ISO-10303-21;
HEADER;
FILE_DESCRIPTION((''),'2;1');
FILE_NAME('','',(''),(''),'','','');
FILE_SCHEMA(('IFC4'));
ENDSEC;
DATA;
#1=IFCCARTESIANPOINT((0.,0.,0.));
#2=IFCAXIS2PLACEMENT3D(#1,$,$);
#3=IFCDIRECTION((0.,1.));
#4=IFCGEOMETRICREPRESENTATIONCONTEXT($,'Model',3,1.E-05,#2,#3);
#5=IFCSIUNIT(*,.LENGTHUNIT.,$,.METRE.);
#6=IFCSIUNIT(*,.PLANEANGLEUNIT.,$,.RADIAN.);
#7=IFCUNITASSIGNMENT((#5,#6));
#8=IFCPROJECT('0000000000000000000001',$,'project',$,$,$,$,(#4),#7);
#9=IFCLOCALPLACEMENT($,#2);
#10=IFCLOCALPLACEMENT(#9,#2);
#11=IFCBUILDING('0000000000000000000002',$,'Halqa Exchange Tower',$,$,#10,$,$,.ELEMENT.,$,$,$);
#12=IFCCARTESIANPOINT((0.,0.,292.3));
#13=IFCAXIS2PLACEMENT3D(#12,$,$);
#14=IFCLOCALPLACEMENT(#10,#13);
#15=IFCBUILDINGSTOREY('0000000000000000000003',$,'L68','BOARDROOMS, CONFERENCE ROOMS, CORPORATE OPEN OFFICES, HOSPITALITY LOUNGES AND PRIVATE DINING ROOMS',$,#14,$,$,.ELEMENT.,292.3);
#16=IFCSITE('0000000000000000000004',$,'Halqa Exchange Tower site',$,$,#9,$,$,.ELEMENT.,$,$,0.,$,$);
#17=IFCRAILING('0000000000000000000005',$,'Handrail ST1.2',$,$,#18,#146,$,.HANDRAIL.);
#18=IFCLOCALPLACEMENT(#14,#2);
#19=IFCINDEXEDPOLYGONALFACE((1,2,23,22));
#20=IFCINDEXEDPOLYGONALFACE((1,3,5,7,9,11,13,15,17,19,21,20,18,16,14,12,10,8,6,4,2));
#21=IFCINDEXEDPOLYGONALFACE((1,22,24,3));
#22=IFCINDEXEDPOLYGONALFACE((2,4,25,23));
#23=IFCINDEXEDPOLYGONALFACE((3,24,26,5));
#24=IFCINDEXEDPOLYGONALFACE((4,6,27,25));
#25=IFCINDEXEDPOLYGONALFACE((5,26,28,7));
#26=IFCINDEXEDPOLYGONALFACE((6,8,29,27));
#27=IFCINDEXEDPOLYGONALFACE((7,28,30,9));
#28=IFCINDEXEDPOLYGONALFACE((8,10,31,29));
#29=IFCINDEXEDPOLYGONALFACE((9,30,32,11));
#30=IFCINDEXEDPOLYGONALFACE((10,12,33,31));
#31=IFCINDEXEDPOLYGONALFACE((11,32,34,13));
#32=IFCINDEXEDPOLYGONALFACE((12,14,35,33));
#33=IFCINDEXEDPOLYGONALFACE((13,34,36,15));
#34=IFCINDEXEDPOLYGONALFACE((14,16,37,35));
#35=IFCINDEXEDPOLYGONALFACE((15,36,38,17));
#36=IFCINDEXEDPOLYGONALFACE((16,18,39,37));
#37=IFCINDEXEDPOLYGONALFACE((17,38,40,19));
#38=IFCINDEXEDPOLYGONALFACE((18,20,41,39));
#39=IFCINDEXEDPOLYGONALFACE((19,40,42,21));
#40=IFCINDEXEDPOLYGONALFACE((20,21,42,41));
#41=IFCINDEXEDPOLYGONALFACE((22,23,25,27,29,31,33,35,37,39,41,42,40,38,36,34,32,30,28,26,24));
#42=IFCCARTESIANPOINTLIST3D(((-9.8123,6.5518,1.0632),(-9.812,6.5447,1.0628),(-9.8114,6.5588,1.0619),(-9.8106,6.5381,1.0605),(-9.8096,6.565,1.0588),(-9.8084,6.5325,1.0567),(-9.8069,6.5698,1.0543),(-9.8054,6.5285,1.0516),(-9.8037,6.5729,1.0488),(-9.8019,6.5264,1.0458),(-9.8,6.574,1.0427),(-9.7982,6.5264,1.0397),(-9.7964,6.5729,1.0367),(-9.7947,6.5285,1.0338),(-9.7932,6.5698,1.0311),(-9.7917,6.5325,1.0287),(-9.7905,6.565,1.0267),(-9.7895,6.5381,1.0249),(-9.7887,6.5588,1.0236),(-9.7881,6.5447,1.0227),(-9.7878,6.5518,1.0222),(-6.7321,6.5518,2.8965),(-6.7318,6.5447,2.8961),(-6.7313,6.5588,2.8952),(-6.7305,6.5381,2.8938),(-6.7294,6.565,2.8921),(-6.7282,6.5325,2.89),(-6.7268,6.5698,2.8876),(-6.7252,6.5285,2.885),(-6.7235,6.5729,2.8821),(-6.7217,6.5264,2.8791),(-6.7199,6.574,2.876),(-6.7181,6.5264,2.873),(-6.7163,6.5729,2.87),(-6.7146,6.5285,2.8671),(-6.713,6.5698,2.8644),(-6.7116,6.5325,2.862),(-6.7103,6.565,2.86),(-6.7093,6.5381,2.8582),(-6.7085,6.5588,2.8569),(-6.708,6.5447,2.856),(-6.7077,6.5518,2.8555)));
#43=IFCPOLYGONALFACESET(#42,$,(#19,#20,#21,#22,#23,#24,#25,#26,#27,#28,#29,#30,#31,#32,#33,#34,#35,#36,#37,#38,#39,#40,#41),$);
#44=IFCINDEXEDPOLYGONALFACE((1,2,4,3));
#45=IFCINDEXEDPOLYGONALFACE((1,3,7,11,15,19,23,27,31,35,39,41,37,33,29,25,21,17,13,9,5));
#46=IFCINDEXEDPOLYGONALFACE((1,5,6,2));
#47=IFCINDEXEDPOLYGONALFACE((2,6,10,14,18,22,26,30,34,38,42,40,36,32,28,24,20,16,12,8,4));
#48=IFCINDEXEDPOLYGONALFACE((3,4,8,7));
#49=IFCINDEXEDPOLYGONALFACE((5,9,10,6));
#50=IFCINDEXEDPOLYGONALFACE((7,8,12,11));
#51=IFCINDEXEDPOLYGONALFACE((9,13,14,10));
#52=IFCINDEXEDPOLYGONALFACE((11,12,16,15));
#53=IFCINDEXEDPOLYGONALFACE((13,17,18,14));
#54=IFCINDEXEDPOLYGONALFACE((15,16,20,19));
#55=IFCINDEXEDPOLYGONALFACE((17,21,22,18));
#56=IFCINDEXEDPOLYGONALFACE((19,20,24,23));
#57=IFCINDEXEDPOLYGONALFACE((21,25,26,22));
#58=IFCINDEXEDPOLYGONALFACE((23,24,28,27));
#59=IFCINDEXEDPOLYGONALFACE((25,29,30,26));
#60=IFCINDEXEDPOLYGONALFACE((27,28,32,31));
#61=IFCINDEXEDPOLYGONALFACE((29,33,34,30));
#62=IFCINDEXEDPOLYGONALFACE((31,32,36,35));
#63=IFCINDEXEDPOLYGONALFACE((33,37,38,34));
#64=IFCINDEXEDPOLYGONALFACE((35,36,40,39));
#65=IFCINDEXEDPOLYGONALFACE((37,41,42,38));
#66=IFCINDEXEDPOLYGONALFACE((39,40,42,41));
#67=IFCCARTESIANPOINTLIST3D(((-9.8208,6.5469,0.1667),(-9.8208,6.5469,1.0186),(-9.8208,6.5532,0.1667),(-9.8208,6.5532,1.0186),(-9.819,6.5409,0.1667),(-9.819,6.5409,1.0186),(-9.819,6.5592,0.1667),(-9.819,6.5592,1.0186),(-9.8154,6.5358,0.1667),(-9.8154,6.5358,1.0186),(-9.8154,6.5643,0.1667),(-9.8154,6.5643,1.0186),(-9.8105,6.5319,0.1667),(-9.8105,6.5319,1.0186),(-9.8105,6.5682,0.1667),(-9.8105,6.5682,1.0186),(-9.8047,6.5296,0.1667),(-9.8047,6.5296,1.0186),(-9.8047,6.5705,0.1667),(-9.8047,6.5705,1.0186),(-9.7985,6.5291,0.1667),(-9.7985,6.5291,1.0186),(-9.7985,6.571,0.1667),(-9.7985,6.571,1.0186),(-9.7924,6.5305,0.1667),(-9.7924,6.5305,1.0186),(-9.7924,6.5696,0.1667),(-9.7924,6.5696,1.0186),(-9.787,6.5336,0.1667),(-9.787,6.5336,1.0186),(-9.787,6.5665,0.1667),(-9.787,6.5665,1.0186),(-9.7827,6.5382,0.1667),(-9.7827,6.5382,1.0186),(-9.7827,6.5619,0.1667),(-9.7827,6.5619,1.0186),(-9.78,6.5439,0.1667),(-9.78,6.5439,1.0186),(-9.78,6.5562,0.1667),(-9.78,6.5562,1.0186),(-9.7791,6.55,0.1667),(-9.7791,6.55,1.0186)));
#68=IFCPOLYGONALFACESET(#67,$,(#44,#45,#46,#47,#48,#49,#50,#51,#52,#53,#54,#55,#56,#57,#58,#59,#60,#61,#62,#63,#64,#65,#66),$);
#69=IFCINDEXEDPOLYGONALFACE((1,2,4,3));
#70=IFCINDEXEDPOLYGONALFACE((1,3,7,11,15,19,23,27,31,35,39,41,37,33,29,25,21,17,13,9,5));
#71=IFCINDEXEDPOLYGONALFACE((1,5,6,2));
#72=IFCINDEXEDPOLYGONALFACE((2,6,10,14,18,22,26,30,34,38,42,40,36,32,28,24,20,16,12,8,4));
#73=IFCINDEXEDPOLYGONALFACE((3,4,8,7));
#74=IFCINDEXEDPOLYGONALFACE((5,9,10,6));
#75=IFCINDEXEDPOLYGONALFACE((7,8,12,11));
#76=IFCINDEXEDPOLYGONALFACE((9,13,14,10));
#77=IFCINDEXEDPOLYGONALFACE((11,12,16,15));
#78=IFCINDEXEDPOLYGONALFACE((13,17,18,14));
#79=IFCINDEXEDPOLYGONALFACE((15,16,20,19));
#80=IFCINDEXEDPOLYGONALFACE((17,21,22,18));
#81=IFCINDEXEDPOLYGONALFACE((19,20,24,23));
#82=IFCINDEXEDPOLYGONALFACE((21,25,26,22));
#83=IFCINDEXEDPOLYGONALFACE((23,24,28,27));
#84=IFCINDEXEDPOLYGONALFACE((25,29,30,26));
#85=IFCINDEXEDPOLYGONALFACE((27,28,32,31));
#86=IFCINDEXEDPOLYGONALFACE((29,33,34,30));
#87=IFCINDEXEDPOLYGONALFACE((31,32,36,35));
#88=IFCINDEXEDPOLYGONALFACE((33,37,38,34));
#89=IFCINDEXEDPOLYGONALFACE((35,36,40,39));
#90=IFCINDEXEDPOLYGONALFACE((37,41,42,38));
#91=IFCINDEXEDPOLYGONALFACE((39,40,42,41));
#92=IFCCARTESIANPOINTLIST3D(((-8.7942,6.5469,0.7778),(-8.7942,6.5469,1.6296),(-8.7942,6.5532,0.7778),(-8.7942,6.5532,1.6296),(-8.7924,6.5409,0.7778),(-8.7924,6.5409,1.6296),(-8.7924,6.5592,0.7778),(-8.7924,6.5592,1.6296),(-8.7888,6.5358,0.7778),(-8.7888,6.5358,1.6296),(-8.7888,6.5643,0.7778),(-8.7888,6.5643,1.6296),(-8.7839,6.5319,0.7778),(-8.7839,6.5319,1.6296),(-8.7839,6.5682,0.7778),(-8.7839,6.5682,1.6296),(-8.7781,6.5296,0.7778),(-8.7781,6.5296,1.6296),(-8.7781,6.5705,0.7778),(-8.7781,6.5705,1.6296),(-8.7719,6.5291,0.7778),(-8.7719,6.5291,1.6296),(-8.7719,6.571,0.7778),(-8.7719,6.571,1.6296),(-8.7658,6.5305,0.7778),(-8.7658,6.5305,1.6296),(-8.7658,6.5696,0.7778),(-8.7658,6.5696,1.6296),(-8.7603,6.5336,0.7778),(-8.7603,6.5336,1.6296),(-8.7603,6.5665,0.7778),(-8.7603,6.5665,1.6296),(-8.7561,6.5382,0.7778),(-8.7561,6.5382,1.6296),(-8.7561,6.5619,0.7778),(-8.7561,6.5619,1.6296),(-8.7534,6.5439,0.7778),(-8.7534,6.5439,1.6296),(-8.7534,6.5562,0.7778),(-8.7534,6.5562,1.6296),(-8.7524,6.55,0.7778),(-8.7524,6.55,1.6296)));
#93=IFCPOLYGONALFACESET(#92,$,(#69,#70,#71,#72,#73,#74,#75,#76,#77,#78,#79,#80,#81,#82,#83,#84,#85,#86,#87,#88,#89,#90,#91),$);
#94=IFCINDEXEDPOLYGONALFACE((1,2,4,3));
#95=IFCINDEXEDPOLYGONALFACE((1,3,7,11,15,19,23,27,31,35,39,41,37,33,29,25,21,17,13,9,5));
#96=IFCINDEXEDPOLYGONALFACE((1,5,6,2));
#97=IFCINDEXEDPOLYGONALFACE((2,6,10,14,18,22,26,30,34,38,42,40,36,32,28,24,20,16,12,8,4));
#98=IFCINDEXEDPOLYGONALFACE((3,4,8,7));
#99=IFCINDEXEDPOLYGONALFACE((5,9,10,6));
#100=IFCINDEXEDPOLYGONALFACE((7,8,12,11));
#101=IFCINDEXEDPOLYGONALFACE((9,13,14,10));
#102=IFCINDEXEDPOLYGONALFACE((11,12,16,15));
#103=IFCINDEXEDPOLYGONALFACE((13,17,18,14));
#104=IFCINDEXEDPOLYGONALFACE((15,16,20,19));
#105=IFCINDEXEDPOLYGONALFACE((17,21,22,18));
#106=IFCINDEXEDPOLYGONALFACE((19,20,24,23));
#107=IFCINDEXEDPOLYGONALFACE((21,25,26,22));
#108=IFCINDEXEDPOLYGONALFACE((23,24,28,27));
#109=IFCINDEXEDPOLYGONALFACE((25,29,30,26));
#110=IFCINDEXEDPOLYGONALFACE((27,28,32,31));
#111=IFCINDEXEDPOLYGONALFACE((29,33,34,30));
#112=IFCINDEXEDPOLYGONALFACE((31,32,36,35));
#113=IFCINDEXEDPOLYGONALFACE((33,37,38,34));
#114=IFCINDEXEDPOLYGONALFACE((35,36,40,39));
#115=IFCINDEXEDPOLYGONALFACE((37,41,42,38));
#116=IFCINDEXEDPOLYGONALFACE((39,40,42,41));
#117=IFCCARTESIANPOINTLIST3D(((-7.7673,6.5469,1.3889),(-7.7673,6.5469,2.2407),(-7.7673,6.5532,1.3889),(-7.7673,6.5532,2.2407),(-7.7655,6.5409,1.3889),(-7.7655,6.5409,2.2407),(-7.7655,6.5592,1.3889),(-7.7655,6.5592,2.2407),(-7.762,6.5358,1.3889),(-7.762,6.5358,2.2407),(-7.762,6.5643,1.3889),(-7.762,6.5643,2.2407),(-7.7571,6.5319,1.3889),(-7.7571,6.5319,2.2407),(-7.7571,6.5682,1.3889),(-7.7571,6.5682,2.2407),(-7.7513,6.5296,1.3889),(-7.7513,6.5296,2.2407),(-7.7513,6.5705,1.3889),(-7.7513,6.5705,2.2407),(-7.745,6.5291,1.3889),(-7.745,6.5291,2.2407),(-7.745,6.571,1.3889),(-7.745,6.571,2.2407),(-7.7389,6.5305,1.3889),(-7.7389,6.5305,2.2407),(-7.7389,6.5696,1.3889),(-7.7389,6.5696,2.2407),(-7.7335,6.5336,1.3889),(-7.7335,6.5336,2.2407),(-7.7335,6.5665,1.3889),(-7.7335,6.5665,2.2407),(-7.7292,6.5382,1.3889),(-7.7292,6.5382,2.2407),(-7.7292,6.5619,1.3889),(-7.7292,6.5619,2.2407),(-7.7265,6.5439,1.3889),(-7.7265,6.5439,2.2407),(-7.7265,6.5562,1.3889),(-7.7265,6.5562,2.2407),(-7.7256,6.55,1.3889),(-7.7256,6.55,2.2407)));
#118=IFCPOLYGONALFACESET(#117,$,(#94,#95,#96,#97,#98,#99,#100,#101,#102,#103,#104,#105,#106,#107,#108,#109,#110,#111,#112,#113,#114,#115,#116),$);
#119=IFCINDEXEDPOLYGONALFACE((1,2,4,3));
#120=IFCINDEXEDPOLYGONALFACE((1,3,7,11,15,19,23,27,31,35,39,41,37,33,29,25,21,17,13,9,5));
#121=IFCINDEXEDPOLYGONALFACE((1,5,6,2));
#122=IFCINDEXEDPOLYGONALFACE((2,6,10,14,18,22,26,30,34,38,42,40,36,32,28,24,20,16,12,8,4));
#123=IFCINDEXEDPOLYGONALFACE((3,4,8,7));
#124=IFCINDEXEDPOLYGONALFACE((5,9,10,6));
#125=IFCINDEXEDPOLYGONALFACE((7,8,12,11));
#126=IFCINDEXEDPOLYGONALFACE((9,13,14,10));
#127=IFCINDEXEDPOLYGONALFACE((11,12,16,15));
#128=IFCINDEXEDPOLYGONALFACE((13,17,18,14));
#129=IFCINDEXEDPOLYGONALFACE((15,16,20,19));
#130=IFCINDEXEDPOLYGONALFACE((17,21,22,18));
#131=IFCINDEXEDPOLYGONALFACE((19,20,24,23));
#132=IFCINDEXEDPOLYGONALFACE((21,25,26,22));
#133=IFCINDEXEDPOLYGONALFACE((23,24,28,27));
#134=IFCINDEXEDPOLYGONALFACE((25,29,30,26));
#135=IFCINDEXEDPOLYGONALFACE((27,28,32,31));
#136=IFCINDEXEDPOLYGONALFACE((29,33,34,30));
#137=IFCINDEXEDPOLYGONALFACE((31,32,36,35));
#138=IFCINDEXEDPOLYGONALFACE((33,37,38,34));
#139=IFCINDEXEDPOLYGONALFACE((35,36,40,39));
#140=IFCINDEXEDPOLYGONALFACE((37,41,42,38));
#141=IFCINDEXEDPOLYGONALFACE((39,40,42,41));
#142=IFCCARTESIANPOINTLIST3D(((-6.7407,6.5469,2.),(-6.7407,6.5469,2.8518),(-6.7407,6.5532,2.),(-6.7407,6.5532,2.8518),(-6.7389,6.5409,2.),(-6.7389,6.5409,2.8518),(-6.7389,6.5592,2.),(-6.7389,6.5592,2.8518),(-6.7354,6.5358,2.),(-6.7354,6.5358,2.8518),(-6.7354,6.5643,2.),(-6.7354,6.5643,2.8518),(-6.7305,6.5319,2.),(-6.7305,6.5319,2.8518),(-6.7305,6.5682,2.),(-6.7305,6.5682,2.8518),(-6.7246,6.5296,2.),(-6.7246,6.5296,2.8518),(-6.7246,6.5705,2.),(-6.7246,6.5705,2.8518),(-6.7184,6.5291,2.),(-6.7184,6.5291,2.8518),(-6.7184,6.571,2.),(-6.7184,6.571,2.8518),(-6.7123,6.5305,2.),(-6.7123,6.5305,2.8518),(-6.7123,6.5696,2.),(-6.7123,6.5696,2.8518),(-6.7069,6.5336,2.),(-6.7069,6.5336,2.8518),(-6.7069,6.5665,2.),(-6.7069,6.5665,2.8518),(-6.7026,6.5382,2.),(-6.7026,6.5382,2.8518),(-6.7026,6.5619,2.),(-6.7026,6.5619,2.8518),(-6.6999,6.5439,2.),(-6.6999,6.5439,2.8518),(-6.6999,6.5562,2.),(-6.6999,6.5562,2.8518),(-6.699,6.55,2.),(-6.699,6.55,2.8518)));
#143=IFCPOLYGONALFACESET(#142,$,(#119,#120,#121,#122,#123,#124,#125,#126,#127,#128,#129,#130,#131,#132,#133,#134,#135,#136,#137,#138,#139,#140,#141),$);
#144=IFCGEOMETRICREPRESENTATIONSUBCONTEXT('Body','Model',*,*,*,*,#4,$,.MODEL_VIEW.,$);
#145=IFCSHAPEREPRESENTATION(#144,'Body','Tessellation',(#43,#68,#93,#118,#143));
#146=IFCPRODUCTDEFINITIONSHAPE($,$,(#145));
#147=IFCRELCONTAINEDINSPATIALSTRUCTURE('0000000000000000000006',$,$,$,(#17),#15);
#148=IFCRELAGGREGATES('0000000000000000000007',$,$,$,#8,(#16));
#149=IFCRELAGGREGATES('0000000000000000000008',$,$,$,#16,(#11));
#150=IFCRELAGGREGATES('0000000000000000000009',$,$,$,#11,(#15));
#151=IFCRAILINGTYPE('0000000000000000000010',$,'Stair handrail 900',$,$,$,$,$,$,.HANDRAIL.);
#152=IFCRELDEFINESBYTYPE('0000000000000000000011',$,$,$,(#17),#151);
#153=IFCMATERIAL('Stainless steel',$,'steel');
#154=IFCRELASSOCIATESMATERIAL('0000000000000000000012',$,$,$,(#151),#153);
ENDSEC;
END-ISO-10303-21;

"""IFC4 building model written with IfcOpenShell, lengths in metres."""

from ifc_helpers import new_model, si_unit, direction, frame, origin, origin_2d, place, context, subcontext, project, spatial, circle, extrude, material, type_object, element, save


model = new_model("IFC4")

# Units and contexts
model_context = context("Model", 3, precision=1e-05, world=origin(), true_north=direction((0.0, 1.0)))
body_context = subcontext(model_context, "Body", "Model", "MODEL_VIEW")
ifc_project = project(units=[si_unit("LENGTHUNIT", "METRE"), si_unit("PLANEANGLEUNIT", "RADIAN")], contexts=[model_context])

# Site, building, storey
site_placement = place(None, origin())
site = spatial("IfcSite", under=ifc_project, at=site_placement, Name="Halqa Exchange Tower site", CompositionType="ELEMENT", RefElevation=0.0)
building_placement = place(site_placement, origin())
building = spatial("IfcBuilding", under=site, at=building_placement, Name="Halqa Exchange Tower", CompositionType="ELEMENT")
storey_placement = place(building_placement, frame((0.0, 0.0, 292.3)))
storey = spatial("IfcBuildingStorey", under=building, at=storey_placement, Name="L68", Description="BOARDROOMS, CONFERENCE ROOMS, CORPORATE OPEN OFFICES, HOSPITALITY LOUNGES AND PRIVATE DINING ROOMS", CompositionType="ELEMENT", Elevation=292.3)

# Shared definitions
ifc_material_1 = material(Name="Stainless steel", Category="steel")

# Railing
railing_type_1 = type_object("IfcRailingType", Name="Stair handrail 900", PredefinedType="HANDRAIL", material=ifc_material_1)
railing_1_placement = place(storey_placement, frame((-9.8, 6.55, 0.1667)))
element("IfcRailing", 1, at=railing_1_placement, inside=storey, type_object=railing_type_1, Name="Handrail ST1.2", PredefinedType="HANDRAIL", context=body_context, shape_type="SweptSolid", body=[
    extrude(circle(Radius=0.0239, at=origin_2d()), frame((0.0, 0.0, 0.876), z_axis=(0.859309, 0.0, 0.511458), x_axis=(0.0, 1.0, 0.0)), (0.0, 0.0, 1.0), 3.5845),
    extrude(circle(Radius=0.021, at=origin_2d()), origin(), (0.0, 0.0, 1.0), 0.8518),
    extrude(circle(Radius=0.021, at=origin_2d()), frame((1.0266, 0.0, 0.6111)), (0.0, 0.0, 1.0), 0.8518),
    extrude(circle(Radius=0.021, at=origin_2d()), frame((2.0535, 0.0, 1.2222)), (0.0, 0.0, 1.0), 0.8518),
    extrude(circle(Radius=0.021, at=origin_2d()), frame((3.0801, 0.0, 1.8333)), (0.0, 0.0, 1.0), 0.8518),
])

save(model, "model.ifc")
